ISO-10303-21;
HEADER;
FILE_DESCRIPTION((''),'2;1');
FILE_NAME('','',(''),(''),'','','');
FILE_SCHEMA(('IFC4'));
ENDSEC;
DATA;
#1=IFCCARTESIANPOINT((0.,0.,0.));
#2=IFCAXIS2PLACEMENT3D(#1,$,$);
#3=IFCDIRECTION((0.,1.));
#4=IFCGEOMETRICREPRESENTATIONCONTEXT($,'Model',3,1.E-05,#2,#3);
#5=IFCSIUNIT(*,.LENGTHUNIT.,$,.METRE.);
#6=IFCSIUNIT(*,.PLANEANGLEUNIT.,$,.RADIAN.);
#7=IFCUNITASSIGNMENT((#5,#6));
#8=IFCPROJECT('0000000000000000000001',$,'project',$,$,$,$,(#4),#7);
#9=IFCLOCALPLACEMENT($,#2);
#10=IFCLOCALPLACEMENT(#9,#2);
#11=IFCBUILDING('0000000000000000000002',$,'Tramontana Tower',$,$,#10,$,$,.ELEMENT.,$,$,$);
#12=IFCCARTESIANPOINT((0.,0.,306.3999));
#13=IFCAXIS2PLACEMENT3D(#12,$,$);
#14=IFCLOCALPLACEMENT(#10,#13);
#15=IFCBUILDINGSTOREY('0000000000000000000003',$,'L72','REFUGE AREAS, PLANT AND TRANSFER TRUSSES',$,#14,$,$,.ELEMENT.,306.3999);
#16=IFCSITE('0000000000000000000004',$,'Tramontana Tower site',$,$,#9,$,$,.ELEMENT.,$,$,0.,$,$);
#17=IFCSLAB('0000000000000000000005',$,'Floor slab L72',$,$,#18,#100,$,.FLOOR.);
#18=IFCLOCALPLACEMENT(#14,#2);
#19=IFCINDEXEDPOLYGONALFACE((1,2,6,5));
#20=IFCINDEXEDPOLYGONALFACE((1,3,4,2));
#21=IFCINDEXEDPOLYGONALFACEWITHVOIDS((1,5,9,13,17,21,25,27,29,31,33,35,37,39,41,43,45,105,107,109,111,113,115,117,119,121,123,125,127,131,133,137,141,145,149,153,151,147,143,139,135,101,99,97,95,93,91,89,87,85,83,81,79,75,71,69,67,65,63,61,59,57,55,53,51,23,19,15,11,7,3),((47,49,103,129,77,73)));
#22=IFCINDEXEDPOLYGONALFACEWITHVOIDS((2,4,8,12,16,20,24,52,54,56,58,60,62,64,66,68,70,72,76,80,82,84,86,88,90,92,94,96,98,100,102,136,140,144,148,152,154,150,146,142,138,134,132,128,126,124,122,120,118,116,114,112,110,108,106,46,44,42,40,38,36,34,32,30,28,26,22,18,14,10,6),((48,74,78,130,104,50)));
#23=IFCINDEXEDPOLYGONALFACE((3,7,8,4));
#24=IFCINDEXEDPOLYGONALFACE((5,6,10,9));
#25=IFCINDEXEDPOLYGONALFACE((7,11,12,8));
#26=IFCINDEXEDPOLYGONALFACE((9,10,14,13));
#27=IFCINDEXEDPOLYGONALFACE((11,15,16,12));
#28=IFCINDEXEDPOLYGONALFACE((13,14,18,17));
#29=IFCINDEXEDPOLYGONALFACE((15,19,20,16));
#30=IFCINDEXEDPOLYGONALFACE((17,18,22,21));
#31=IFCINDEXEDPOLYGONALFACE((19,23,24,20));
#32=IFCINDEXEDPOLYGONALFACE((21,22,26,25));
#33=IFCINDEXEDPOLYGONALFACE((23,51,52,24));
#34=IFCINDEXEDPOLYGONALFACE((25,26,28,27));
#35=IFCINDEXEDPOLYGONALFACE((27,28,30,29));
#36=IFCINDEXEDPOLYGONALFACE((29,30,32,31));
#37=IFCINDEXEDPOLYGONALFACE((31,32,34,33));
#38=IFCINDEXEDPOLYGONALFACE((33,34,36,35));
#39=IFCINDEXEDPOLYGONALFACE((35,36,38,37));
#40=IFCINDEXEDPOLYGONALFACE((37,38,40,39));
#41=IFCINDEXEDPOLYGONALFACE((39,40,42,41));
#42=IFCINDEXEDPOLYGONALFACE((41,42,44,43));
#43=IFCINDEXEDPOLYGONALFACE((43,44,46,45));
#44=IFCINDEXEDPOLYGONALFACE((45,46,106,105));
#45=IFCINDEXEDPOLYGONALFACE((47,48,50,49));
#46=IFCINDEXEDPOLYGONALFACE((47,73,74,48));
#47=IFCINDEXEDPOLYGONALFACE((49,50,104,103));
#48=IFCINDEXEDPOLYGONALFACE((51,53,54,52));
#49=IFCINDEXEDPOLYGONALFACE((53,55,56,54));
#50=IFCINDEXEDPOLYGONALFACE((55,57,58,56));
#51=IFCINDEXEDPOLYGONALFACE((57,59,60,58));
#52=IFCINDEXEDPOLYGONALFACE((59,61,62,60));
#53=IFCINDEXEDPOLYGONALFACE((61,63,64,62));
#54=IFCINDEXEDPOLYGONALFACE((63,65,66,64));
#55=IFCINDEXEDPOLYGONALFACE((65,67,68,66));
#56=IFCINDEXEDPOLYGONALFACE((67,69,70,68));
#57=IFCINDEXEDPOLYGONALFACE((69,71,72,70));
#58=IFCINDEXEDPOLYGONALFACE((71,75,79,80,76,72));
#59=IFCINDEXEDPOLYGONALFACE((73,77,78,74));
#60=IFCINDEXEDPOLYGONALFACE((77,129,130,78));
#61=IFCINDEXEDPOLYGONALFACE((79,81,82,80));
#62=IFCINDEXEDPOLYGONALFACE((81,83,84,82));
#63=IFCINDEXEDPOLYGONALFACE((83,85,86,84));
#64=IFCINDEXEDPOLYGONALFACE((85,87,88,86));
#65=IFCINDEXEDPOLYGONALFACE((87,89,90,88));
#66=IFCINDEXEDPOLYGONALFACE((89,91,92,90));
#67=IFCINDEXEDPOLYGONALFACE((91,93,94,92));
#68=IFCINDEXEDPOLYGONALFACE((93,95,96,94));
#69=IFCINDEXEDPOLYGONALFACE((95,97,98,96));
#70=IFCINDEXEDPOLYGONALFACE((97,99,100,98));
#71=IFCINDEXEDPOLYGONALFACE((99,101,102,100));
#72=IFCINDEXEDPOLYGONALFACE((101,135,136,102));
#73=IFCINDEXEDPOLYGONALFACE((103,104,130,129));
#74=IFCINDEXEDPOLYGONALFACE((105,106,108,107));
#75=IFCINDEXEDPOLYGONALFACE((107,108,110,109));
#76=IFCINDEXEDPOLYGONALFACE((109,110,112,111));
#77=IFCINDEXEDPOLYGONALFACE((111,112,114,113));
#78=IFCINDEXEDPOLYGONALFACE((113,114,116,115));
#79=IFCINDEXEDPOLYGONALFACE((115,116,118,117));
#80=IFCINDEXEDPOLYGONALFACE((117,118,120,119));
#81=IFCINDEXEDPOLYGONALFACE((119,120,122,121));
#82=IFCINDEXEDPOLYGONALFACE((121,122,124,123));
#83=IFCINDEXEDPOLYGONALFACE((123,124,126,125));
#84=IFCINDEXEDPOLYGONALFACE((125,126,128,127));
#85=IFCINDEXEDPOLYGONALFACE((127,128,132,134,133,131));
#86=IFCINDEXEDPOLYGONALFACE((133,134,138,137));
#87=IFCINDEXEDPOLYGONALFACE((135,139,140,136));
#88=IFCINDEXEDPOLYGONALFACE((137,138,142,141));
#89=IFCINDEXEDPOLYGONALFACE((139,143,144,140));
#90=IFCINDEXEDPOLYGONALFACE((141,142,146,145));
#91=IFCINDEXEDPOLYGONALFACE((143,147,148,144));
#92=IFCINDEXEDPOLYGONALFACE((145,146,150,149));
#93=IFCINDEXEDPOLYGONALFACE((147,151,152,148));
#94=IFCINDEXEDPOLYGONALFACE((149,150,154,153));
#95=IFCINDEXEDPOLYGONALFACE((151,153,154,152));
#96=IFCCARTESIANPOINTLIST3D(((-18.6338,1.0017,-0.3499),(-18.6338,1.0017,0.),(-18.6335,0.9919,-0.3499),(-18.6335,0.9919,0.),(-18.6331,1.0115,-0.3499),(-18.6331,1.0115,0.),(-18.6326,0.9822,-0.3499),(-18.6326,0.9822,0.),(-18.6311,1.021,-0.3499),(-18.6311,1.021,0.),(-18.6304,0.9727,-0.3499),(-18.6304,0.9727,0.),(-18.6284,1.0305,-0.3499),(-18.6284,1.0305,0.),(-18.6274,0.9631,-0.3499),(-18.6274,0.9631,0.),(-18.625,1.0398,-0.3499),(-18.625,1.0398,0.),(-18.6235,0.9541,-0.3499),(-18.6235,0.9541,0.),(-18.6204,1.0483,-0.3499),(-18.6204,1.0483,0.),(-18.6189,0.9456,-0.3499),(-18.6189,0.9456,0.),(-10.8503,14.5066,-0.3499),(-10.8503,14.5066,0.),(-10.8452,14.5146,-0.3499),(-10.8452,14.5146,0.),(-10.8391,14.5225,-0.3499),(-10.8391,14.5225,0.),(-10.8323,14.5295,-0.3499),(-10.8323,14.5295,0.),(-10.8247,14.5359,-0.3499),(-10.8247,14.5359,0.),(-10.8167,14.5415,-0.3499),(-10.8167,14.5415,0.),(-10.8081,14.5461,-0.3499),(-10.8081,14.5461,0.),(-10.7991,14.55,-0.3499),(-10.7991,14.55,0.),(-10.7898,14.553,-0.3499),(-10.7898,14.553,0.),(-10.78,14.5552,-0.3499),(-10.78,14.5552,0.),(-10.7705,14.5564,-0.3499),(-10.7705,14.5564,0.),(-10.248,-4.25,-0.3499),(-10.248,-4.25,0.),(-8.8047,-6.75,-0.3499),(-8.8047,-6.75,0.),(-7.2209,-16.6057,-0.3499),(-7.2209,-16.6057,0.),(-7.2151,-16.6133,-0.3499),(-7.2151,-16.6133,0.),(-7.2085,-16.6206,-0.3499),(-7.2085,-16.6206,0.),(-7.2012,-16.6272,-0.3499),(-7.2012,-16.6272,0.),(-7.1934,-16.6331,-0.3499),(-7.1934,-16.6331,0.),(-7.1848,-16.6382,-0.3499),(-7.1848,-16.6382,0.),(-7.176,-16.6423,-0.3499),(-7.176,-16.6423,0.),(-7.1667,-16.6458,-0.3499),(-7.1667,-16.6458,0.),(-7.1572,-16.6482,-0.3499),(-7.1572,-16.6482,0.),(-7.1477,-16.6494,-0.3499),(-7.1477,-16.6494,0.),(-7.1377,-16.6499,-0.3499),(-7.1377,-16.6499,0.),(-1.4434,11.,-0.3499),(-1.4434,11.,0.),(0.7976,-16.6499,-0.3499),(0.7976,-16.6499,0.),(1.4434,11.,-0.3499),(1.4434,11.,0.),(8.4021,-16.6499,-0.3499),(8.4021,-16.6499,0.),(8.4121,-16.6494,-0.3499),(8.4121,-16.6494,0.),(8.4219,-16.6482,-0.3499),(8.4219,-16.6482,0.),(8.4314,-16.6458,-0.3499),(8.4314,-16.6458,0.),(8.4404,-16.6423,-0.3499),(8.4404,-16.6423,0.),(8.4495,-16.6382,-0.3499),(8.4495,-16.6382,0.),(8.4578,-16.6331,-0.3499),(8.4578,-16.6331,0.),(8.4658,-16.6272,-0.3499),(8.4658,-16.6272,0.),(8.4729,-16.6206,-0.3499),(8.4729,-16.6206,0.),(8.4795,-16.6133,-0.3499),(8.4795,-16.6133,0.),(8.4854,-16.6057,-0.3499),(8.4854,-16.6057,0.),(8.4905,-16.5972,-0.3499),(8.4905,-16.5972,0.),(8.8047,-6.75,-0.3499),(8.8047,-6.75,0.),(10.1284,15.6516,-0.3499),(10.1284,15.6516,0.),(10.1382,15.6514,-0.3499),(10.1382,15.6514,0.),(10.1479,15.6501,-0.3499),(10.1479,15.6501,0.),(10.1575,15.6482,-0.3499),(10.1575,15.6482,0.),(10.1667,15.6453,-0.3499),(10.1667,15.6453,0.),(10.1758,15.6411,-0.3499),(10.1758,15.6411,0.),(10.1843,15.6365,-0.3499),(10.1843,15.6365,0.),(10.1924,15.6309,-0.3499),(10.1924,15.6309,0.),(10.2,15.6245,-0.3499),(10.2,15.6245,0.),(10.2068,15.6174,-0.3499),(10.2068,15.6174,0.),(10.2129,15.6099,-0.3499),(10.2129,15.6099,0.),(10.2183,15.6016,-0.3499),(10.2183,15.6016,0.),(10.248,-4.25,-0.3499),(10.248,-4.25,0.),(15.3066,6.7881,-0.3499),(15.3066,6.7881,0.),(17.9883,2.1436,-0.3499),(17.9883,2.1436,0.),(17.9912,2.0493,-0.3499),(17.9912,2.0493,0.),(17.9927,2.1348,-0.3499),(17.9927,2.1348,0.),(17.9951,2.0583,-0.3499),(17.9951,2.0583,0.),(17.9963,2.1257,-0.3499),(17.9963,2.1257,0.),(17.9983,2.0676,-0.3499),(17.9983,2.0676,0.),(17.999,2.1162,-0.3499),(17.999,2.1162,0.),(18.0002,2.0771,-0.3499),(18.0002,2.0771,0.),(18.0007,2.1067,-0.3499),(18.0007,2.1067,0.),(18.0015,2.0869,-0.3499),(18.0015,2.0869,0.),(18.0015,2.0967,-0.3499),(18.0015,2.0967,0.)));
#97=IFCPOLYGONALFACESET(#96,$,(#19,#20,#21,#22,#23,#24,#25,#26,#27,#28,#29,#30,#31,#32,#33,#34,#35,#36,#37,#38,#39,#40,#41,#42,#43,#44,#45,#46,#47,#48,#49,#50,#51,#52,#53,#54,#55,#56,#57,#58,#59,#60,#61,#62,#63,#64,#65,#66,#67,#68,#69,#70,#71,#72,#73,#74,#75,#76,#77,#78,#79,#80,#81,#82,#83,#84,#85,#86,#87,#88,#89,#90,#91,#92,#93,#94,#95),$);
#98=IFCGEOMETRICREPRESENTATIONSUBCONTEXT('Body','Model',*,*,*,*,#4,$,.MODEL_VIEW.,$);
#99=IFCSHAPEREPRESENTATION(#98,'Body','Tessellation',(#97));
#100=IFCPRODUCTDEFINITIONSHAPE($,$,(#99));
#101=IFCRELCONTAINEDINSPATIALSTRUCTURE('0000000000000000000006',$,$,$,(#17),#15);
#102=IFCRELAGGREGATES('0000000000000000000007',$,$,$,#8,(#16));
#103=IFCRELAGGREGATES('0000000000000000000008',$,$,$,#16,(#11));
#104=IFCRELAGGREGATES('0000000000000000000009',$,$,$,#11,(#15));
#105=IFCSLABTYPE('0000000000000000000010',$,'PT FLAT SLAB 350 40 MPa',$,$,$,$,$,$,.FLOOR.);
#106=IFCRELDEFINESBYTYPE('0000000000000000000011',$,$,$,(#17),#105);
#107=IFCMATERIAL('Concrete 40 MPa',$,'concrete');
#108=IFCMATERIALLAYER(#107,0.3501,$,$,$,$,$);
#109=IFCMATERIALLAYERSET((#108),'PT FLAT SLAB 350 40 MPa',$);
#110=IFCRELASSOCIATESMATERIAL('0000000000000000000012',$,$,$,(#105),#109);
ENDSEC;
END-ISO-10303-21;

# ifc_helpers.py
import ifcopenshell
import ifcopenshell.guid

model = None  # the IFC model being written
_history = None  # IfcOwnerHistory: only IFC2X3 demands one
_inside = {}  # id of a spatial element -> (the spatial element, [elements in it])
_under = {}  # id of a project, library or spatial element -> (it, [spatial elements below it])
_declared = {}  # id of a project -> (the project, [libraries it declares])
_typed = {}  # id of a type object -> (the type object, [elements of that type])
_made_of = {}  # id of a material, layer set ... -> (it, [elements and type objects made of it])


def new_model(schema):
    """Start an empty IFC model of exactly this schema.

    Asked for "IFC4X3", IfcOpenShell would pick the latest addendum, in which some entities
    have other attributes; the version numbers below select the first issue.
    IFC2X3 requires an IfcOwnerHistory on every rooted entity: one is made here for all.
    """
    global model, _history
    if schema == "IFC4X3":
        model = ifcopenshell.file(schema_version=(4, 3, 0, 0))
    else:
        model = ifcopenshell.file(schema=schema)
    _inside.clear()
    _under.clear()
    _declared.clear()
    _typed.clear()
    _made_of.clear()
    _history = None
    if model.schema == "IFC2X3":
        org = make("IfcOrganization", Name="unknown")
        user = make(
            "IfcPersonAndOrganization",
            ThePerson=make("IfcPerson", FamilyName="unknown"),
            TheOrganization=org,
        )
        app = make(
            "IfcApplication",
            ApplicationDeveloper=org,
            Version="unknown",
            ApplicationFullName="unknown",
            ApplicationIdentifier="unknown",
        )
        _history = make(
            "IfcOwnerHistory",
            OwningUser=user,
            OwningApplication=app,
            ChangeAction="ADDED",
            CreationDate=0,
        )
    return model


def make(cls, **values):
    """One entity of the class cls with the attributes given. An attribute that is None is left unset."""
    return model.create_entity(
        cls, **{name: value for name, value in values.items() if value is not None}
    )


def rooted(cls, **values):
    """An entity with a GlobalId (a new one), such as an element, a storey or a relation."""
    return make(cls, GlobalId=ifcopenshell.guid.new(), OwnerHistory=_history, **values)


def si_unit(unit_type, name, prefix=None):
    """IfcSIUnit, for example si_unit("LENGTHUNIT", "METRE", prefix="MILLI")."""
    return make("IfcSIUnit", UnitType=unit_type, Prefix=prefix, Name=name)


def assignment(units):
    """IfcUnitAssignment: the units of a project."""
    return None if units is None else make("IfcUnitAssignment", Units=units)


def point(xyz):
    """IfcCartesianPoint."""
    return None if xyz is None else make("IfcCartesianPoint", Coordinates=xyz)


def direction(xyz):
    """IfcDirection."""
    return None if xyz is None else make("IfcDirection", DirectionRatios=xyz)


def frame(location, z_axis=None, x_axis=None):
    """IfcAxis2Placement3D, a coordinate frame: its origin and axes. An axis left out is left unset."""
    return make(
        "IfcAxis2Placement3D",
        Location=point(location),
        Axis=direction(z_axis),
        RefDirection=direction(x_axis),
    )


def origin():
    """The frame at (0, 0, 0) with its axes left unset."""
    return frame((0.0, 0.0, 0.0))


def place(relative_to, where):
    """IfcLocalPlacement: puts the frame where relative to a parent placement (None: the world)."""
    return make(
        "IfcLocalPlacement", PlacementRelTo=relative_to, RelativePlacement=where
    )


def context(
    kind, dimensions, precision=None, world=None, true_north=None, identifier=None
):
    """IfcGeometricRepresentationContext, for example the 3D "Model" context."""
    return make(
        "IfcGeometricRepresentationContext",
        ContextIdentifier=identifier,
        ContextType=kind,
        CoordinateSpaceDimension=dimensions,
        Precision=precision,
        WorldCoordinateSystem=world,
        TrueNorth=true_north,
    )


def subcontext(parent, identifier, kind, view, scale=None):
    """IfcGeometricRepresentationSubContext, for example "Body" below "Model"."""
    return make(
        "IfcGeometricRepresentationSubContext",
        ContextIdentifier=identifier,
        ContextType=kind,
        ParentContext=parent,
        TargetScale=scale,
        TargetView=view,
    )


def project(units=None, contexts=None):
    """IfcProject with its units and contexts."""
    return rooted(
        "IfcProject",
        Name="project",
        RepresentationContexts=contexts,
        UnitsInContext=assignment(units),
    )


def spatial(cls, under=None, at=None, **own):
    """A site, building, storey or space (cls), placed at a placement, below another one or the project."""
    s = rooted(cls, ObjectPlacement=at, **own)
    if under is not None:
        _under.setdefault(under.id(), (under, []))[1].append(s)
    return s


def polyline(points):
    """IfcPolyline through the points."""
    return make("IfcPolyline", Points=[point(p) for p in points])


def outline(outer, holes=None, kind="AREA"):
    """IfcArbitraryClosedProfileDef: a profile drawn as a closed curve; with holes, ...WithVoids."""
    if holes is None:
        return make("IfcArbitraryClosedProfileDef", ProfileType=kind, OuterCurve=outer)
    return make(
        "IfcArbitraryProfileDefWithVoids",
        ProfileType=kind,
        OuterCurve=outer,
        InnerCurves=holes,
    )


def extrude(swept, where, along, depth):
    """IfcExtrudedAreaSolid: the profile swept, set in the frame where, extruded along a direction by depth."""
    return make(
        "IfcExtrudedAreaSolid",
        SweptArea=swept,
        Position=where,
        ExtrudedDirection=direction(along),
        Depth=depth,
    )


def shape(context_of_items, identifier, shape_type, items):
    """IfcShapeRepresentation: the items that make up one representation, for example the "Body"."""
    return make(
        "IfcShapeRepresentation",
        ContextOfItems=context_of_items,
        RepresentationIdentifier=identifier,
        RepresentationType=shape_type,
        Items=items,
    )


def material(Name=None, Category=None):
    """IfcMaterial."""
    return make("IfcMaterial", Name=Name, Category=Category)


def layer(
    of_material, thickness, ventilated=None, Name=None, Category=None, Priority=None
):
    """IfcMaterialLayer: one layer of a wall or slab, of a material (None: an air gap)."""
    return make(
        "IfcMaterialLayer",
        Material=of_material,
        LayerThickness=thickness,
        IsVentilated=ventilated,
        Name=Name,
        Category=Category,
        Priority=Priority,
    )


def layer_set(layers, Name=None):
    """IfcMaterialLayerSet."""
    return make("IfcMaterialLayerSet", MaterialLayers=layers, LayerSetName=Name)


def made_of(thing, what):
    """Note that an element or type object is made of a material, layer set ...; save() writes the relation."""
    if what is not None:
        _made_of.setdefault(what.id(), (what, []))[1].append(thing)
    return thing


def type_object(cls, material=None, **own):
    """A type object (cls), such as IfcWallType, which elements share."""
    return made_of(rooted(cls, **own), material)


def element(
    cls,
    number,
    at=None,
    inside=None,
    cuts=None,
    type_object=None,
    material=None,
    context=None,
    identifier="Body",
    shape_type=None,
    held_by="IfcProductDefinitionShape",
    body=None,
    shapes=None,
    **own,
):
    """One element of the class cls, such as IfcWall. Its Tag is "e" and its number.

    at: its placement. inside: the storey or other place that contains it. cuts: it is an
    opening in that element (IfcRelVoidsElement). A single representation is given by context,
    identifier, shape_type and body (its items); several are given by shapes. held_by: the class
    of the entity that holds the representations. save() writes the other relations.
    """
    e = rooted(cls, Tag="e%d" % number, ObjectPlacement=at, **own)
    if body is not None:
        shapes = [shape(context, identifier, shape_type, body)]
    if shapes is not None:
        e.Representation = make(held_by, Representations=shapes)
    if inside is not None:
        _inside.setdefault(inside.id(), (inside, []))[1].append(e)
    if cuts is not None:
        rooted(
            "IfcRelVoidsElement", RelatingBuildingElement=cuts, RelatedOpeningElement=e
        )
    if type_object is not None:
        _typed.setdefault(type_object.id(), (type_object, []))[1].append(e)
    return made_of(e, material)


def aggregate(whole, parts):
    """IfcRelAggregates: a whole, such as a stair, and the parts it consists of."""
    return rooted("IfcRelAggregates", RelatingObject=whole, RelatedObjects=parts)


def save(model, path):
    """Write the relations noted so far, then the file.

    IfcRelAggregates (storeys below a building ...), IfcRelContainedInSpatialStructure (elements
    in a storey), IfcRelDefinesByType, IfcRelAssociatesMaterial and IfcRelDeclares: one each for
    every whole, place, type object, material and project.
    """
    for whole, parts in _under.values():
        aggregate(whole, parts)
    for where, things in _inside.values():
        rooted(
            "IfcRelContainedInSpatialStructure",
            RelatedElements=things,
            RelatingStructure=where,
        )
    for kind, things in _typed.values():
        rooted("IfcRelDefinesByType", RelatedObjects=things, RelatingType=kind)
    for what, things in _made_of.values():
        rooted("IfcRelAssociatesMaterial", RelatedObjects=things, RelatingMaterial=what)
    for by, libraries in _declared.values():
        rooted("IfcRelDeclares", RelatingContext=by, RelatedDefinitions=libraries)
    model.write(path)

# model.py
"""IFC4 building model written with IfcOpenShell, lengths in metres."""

from ifc_helpers import new_model, si_unit, direction, frame, origin, place, context, subcontext, project, spatial, polyline, outline, extrude, material, layer, layer_set, type_object, element, save


model = new_model("IFC4")

# Units and contexts
model_context = context("Model", 3, precision=1e-05, world=origin(), true_north=direction((0.0, 1.0)))
body_context = subcontext(model_context, "Body", "Model", "MODEL_VIEW")
ifc_project = project(units=[si_unit("LENGTHUNIT", "METRE"), si_unit("PLANEANGLEUNIT", "RADIAN")], contexts=[model_context])

# Site, building, storey
site_placement = place(None, origin())
site = spatial("IfcSite", under=ifc_project, at=site_placement, Name="Tramontana Tower site", CompositionType="ELEMENT", RefElevation=0.0)
building_placement = place(site_placement, origin())
building = spatial("IfcBuilding", under=site, at=building_placement, Name="Tramontana Tower", CompositionType="ELEMENT")
storey_placement = place(building_placement, frame((0.0, 0.0, 306.3999)))
storey = spatial("IfcBuildingStorey", under=building, at=storey_placement, Name="L72", Description="REFUGE AREAS, PLANT AND TRANSFER TRUSSES", CompositionType="ELEMENT", Elevation=306.3999)

# Slab
ifc_material_1 = material(Name="Concrete 40 MPa", Category="concrete")
ifc_layer_1 = layer(ifc_material_1, 0.3501)
ifc_layer_set_1 = layer_set([ifc_layer_1], Name="PT FLAT SLAB 350 40 MPa")
slab_type_1 = type_object("IfcSlabType", Name="PT FLAT SLAB 350 40 MPa", PredefinedType="FLOOR", material=ifc_layer_set_1)
slab_1_placement = place(storey_placement, frame((0.0, 0.0, -0.3499)))
element("IfcSlab", 1, at=slab_1_placement, inside=storey, type_object=slab_type_1, Name="Floor slab L72", PredefinedType="FLOOR", context=body_context, shape_type="SweptSolid", body=[
    extrude(outline(polyline([(-7.1377, -16.6499), (-7.1477, -16.6494), (-7.1572, -16.6482), (-7.1667, -16.6458), (-7.176, -16.6423), (-7.1848, -16.6382), (-7.1934, -16.6331), (-7.2012, -16.6272), (-7.2085, -16.6206), (-7.2151, -16.6133), (-7.2209, -16.6057), (-18.6189, 0.9456), (-18.6235, 0.9541), (-18.6274, 0.9631), (-18.6304, 0.9727), (-18.6326, 0.9822), (-18.6335, 0.9919), (-18.6338, 1.0017), (-18.6331, 1.0115), (-18.6311, 1.021), (-18.6284, 1.0305), (-18.625, 1.0398), (-18.6204, 1.0483), (-10.8503, 14.5066), (-10.8452, 14.5146), (-10.8391, 14.5225), (-10.8323, 14.5295), (-10.8247, 14.5359), (-10.8167, 14.5415), (-10.8081, 14.5461), (-10.7991, 14.55), (-10.7898, 14.553), (-10.78, 14.5552), (-10.7705, 14.5564), (10.1284, 15.6516), (10.1382, 15.6514), (10.1479, 15.6501), (10.1575, 15.6482), (10.1667, 15.6453), (10.1758, 15.6411), (10.1843, 15.6365), (10.1924, 15.6309), (10.2, 15.6245), (10.2068, 15.6174), (10.2129, 15.6099), (10.2183, 15.6016), (15.3066, 6.7881), (17.9883, 2.1436), (17.9927, 2.1348), (17.9963, 2.1257), (17.999, 2.1162), (18.0007, 2.1067), (18.0015, 2.0967), (18.0015, 2.0869), (18.0002, 2.0771), (17.9983, 2.0676), (17.9951, 2.0583), (17.9912, 2.0493), (8.4905, -16.5972), (8.4854, -16.6057), (8.4795, -16.6133), (8.4729, -16.6206), (8.4658, -16.6272), (8.4578, -16.6331), (8.4495, -16.6382), (8.4404, -16.6423), (8.4314, -16.6458), (8.4219, -16.6482), (8.4121, -16.6494), (8.4021, -16.6499), (0.7976, -16.6499), (-7.1377, -16.6499)]), holes=[polyline([(-8.8047, -6.75), (8.8047, -6.75), (10.248, -4.25), (1.4434, 11.0), (-1.4434, 11.0), (-10.248, -4.25), (-8.8047, -6.75)])]), origin(), (0.0, 0.0, 1.0), 0.3499),
])

save(model, "model.ifc")
